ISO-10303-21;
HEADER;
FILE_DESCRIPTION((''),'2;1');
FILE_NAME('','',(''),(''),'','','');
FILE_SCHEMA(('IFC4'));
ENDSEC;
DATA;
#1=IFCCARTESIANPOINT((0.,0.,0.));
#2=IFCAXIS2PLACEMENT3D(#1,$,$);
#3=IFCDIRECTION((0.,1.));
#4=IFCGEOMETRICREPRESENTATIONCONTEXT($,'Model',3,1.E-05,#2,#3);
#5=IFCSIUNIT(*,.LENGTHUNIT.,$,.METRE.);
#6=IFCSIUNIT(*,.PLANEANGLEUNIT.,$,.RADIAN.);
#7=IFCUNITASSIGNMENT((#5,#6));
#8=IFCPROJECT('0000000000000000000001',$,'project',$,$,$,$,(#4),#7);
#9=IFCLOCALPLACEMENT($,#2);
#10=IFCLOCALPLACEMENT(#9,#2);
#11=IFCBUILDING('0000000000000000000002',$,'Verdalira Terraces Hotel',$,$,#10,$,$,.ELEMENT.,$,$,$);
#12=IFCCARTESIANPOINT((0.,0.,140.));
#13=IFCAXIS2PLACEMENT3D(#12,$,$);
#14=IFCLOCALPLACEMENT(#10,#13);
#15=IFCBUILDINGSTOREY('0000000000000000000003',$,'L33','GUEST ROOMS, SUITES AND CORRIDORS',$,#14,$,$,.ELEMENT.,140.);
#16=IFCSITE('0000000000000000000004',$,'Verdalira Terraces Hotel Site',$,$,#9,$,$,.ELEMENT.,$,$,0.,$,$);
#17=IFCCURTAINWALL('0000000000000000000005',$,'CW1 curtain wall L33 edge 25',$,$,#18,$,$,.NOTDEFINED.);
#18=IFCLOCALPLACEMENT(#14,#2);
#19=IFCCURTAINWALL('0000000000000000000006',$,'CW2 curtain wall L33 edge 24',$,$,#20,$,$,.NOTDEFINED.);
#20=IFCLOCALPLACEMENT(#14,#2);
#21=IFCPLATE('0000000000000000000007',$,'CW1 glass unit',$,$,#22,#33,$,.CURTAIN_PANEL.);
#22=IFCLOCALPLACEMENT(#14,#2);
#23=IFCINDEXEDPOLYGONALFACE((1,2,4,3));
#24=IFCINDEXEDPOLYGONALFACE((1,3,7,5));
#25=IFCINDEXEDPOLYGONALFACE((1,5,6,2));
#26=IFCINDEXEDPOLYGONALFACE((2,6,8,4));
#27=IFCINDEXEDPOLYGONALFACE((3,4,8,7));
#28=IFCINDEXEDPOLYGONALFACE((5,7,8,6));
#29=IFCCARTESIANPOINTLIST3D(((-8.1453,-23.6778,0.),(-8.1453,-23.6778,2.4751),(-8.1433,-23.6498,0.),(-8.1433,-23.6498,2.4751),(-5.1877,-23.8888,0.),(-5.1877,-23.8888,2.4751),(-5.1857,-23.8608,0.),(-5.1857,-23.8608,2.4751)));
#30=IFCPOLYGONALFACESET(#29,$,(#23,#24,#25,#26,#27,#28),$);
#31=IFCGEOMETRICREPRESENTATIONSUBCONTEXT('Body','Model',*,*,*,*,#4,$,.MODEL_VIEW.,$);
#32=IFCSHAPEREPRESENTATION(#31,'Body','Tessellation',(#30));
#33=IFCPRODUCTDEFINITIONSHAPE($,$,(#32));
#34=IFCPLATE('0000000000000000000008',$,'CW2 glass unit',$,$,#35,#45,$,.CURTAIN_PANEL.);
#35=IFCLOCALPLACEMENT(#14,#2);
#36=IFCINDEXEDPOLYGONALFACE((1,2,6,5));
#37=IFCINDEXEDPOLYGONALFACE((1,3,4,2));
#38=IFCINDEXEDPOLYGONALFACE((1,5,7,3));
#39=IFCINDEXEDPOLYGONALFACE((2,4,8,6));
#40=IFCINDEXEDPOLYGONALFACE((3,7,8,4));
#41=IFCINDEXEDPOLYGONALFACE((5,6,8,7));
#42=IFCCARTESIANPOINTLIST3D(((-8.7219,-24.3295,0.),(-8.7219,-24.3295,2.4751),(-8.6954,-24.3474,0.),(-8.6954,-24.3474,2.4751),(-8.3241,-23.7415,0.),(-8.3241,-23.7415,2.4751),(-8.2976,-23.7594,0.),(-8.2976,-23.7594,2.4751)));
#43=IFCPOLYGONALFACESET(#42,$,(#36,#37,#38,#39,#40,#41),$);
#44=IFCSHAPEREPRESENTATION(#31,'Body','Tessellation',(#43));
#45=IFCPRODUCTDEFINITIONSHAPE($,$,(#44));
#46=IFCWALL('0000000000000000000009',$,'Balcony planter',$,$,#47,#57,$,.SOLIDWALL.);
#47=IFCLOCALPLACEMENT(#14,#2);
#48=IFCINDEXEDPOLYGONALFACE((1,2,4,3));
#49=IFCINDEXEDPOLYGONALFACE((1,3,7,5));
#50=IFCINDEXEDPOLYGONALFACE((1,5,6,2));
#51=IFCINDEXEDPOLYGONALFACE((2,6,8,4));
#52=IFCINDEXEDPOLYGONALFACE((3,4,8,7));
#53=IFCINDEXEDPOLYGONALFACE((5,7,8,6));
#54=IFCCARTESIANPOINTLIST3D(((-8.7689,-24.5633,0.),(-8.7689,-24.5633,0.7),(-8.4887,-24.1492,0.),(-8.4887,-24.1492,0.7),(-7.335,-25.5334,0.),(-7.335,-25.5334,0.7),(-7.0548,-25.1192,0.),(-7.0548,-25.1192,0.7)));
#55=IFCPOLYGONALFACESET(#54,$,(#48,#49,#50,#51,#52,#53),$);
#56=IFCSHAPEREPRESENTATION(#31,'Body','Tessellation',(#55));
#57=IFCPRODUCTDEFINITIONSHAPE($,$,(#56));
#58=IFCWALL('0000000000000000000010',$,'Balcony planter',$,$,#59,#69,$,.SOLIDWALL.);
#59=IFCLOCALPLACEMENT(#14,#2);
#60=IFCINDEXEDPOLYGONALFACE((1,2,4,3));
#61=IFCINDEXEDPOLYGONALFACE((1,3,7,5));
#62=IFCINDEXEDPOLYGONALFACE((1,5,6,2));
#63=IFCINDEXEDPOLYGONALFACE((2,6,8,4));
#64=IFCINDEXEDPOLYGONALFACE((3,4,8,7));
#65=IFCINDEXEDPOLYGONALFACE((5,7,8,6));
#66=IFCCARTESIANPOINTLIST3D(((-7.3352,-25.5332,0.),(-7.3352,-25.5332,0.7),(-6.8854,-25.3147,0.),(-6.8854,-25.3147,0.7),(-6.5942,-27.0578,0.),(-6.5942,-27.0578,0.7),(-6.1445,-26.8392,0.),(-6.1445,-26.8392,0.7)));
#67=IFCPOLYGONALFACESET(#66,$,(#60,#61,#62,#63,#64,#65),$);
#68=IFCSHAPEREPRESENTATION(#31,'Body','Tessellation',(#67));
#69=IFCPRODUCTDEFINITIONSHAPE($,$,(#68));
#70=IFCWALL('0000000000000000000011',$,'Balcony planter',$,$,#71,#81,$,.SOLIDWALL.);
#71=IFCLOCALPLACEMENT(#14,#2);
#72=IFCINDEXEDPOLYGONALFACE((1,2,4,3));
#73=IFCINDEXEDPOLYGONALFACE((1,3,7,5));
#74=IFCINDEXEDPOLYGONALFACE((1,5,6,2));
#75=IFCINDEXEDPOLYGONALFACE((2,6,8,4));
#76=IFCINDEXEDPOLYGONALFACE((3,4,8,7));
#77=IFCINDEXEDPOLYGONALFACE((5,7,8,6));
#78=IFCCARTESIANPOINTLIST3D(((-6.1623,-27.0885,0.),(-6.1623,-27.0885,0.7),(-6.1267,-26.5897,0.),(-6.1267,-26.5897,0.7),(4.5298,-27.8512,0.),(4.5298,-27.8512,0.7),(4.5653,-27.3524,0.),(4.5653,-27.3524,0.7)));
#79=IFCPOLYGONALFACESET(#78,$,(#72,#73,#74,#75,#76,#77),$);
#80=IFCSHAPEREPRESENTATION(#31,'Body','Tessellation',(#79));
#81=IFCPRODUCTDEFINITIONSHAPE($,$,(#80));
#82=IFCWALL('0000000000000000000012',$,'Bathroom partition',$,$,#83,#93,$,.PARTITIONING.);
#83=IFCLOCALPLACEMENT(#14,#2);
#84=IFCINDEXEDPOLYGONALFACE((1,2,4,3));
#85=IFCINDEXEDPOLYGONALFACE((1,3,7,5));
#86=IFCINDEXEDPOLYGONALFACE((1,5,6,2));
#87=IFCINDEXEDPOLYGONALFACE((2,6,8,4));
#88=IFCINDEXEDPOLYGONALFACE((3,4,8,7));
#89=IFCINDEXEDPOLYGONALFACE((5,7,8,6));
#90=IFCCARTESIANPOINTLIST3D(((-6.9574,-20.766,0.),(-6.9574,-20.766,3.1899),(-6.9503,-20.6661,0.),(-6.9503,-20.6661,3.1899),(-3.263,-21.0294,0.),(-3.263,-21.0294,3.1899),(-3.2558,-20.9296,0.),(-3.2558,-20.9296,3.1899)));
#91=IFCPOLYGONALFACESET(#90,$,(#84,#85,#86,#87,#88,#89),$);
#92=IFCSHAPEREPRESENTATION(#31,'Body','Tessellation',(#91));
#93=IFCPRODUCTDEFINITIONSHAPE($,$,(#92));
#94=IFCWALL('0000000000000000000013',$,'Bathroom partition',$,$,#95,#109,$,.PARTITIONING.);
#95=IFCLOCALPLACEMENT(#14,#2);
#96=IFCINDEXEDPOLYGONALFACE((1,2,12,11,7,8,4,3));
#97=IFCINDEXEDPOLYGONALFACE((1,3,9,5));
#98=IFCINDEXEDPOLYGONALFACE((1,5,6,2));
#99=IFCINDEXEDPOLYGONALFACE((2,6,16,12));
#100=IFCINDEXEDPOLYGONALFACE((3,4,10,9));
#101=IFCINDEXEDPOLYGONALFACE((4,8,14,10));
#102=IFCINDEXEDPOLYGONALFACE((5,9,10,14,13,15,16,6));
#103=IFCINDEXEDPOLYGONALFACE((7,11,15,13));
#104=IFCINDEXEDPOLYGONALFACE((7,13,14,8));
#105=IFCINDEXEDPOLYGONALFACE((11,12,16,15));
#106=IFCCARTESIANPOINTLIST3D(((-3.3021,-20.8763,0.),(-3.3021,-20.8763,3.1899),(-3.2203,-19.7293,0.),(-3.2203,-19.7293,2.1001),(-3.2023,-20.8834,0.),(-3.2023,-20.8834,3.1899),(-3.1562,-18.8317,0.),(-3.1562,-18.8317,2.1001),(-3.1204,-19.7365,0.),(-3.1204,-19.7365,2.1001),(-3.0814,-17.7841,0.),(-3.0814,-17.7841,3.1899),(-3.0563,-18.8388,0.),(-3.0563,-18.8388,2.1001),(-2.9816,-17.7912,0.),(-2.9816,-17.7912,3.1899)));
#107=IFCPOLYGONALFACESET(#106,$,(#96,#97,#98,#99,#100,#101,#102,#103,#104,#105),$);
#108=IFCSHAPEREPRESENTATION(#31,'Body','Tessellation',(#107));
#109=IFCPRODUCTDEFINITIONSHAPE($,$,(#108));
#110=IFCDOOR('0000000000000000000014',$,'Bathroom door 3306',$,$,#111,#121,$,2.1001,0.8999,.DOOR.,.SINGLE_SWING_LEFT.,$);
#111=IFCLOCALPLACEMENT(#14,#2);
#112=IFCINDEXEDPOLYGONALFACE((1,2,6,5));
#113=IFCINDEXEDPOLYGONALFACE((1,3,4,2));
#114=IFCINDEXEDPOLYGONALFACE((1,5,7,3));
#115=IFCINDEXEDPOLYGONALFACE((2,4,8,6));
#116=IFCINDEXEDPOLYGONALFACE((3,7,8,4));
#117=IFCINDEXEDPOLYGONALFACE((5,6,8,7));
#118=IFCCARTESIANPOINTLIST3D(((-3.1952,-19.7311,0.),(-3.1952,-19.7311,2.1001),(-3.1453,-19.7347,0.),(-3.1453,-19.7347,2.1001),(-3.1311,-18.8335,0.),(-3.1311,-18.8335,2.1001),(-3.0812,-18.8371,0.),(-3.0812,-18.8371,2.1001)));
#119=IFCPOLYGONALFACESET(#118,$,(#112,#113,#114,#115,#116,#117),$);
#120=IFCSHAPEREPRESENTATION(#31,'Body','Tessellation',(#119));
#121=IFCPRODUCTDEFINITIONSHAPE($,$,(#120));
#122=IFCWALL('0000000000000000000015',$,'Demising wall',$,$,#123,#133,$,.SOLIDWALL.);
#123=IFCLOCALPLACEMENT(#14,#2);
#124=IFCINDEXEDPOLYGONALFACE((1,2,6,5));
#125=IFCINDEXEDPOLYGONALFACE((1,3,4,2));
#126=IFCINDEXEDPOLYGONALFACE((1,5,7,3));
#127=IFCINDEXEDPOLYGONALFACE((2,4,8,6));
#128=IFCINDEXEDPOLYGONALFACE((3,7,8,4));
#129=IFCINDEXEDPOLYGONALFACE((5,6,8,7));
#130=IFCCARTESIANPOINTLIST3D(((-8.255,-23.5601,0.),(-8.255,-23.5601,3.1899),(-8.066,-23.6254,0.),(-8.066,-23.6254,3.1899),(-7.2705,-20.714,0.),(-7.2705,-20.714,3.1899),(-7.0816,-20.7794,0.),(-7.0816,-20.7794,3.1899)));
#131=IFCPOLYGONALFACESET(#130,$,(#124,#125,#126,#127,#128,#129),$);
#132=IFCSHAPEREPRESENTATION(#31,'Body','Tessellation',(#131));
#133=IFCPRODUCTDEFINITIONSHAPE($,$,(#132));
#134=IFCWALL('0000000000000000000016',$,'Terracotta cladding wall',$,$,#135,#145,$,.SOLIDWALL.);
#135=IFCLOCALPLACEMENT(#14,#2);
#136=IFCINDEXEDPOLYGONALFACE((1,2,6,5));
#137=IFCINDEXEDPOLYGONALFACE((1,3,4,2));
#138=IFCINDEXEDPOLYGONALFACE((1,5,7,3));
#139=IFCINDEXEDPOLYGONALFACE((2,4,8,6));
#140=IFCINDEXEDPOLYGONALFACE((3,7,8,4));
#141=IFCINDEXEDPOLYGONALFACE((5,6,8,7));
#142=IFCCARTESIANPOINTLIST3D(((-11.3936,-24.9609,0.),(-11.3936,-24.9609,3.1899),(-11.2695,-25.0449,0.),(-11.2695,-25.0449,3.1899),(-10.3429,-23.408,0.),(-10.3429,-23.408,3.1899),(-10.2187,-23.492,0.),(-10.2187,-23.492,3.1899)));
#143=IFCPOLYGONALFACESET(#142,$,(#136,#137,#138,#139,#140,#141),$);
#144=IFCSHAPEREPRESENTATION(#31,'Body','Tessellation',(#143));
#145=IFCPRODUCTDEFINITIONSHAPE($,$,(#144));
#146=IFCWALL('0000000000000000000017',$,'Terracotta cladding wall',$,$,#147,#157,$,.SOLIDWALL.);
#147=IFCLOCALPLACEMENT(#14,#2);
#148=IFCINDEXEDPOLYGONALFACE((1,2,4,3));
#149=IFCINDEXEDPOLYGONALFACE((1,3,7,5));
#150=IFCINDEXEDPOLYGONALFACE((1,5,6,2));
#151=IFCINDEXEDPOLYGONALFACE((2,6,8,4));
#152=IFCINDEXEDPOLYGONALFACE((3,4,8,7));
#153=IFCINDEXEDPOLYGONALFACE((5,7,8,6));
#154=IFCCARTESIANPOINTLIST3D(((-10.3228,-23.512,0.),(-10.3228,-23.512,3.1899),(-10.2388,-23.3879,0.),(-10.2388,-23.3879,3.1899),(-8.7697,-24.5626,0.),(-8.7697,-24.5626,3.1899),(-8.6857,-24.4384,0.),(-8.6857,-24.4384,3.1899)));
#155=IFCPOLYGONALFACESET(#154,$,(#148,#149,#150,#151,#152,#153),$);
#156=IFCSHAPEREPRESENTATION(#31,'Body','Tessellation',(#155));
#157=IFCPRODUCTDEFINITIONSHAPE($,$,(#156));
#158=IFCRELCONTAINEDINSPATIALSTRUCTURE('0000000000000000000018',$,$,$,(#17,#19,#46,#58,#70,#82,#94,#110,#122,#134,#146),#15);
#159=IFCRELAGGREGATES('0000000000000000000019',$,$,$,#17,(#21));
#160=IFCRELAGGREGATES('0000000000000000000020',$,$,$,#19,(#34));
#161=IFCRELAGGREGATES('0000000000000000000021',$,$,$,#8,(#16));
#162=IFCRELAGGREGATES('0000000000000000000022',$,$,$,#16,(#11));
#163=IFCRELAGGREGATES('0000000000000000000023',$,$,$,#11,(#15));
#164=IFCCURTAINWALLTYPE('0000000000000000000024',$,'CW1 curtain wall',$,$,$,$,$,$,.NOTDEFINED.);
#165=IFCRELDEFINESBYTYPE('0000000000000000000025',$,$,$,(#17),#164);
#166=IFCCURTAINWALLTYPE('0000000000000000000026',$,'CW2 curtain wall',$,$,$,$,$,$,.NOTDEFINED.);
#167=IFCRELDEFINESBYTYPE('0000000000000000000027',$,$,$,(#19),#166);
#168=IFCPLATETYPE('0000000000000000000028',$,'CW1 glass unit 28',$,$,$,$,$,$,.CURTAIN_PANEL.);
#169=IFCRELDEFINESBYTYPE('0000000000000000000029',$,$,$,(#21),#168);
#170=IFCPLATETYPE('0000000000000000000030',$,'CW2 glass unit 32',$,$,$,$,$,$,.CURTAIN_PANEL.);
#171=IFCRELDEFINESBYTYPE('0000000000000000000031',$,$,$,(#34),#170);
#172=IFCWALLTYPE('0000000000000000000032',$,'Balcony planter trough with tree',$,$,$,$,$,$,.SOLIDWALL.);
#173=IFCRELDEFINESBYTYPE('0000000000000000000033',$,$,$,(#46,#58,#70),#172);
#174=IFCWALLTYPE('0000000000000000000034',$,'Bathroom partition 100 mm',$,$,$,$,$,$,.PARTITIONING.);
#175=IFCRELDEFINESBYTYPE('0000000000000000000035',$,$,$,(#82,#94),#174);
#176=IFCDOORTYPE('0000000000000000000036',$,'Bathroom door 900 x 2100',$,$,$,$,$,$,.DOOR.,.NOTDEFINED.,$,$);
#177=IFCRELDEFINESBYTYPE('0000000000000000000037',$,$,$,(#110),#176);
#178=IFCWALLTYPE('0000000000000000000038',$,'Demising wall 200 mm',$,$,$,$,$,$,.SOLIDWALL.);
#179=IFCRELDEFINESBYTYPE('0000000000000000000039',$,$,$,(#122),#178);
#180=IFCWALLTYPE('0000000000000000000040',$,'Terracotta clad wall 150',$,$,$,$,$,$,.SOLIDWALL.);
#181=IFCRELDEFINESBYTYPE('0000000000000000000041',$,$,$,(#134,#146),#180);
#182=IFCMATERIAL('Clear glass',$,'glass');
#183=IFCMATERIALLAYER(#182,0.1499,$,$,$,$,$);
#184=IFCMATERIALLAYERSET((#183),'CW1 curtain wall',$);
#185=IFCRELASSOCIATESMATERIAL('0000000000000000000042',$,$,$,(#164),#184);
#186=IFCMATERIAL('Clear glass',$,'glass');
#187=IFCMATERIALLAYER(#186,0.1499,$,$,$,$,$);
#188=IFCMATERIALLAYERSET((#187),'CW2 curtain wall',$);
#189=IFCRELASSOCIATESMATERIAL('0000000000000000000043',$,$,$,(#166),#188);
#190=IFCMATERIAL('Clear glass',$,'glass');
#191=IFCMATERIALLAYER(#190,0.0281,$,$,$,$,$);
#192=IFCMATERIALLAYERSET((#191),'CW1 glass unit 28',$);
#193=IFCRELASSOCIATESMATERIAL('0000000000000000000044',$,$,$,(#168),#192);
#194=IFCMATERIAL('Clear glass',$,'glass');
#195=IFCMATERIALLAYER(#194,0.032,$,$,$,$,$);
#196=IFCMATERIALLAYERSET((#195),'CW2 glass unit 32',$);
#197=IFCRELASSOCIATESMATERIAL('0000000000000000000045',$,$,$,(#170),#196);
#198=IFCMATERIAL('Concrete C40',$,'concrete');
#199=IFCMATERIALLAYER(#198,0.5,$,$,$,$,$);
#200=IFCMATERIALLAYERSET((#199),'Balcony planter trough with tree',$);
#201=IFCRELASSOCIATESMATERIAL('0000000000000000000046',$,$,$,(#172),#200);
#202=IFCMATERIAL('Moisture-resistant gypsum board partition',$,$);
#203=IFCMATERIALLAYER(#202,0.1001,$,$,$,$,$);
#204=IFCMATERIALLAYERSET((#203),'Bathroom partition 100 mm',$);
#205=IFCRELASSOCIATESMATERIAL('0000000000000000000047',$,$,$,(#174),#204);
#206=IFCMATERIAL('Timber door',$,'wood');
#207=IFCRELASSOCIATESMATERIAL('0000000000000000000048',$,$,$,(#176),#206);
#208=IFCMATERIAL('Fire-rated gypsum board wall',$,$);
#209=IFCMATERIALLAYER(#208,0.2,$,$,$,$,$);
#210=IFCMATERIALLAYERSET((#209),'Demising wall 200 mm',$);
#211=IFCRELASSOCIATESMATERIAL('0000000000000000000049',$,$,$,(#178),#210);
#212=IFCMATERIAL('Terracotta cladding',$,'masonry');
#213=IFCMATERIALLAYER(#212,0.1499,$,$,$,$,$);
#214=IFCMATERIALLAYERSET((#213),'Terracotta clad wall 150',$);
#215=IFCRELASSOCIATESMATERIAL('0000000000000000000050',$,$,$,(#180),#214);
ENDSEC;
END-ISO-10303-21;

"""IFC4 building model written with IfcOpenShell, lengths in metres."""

from ifc_helpers import new_model, si_unit, direction, frame, frame_2d, origin, origin_2d, place, context, subcontext, project, spatial, rectangle, extrude, material, layer, layer_set, type_object, element, fill, aggregate, save


model = new_model("IFC4")

# Units and contexts
model_context = context("Model", 3, precision=1e-05, world=origin(), true_north=direction((0.0, 1.0)))
body_context = subcontext(model_context, "Body", "Model", "MODEL_VIEW")
ifc_project = project(units=[si_unit("LENGTHUNIT", "METRE"), si_unit("PLANEANGLEUNIT", "RADIAN")], contexts=[model_context])

# Site, building, storey
site_placement = place(None, origin())
site = spatial("IfcSite", under=ifc_project, at=site_placement, Name="Verdalira Terraces Hotel Site", CompositionType="ELEMENT", RefElevation=0.0)
building_placement = place(site_placement, origin())
building = spatial("IfcBuilding", under=site, at=building_placement, Name="Verdalira Terraces Hotel", CompositionType="ELEMENT")
storey_placement = place(building_placement, frame((0.0, 0.0, 140.0)))
storey = spatial("IfcBuildingStorey", under=building, at=storey_placement, Name="L33", Description="GUEST ROOMS, SUITES AND CORRIDORS", CompositionType="ELEMENT", Elevation=140.0)

# Curtain walls
ifc_material_1 = material(Name="Clear glass", Category="glass")
ifc_layer_1 = layer(ifc_material_1, 0.1499)
ifc_layer_set_1 = layer_set([ifc_layer_1], Name="CW1 curtain wall")
curtain_wall_type_1 = type_object("IfcCurtainWallType", Name="CW1 curtain wall", PredefinedType="NOTDEFINED", material=ifc_layer_set_1)
curtain_wall_1_placement = place(storey_placement, origin())
curtain_wall_1 = element("IfcCurtainWall", 1, at=curtain_wall_1_placement, inside=storey, type_object=curtain_wall_type_1, Name="CW1 curtain wall L33 edge 25", PredefinedType="NOTDEFINED")
ifc_material_2 = material(Name="Clear glass", Category="glass")
ifc_layer_2 = layer(ifc_material_2, 0.1499)
ifc_layer_set_2 = layer_set([ifc_layer_2], Name="CW2 curtain wall")
curtain_wall_type_2 = type_object("IfcCurtainWallType", Name="CW2 curtain wall", PredefinedType="NOTDEFINED", material=ifc_layer_set_2)
curtain_wall_2_placement = place(storey_placement, origin())
curtain_wall_2 = element("IfcCurtainWall", 2, at=curtain_wall_2_placement, inside=storey, type_object=curtain_wall_type_2, Name="CW2 curtain wall L33 edge 24", PredefinedType="NOTDEFINED")

# Plates
ifc_material_3 = material(Name="Clear glass", Category="glass")
ifc_layer_3 = layer(ifc_material_3, 0.0281)
ifc_layer_set_3 = layer_set([ifc_layer_3], Name="CW1 glass unit 28")
plate_type_1 = type_object("IfcPlateType", Name="CW1 glass unit 28", PredefinedType="CURTAIN_PANEL", material=ifc_layer_set_3)
plate_1_placement = place(storey_placement, frame((-6.6655, -23.7693, 0.0), z_axis=(0.0, 0.0, 1.0), x_axis=(0.997466, -0.071149, 0.0)))
plate_1 = element("IfcPlate", 3, at=plate_1_placement, type_object=plate_type_1, Name="CW1 glass unit", PredefinedType="CURTAIN_PANEL", context=body_context, shape_type="SweptSolid", body=[
    extrude(rectangle(XDim=2.9651, YDim=0.0281, at=origin_2d()), origin(), (0.0, 0.0, 1.0), 2.4751),
])
aggregate(curtain_wall_1, [plate_1])
ifc_material_4 = material(Name="Clear glass", Category="glass")
ifc_layer_4 = layer(ifc_material_4, 0.032)
ifc_layer_set_4 = layer_set([ifc_layer_4], Name="CW2 glass unit 32")
plate_type_2 = type_object("IfcPlateType", Name="CW2 glass unit 32", PredefinedType="CURTAIN_PANEL", material=ifc_layer_set_4)
plate_2_placement = place(storey_placement, frame((-8.5098, -24.0444, 0.0), z_axis=(0.0, 0.0, 1.0), x_axis=(0.56035, 0.828256, 0.0)))
plate_2 = element("IfcPlate", 4, at=plate_2_placement, type_object=plate_type_2, Name="CW2 glass unit", PredefinedType="CURTAIN_PANEL", context=body_context, shape_type="SweptSolid", body=[
    extrude(rectangle(XDim=0.71, YDim=0.032, at=origin_2d()), origin(), (0.0, 0.0, 1.0), 2.4751),
])
aggregate(curtain_wall_2, [plate_2])

# Walls
ifc_material_5 = material(Name="Concrete C40", Category="concrete")
ifc_layer_5 = layer(ifc_material_5, 0.5)
ifc_layer_set_5 = layer_set([ifc_layer_5], Name="Balcony planter trough with tree")
wall_type_1 = type_object("IfcWallType", Name="Balcony planter trough with tree", PredefinedType="SOLIDWALL", material=ifc_layer_set_5)
wall_1_placement = place(storey_placement, frame((-8.6289, -24.3562, 0.0), z_axis=(0.0, 0.0, 1.0), x_axis=(0.828278, -0.560318, 0.0)))
element("IfcWall", 5, at=wall_1_placement, inside=storey, type_object=wall_type_1, Name="Balcony planter", PredefinedType="SOLIDWALL", context=body_context, shape_type="SweptSolid", body=[
    extrude(rectangle(XDim=1.7312, YDim=0.5, at=frame_2d((0.8657, 0.0))), origin(), (0.0, 0.0, 1.0), 0.7),
])
wall_2_placement = place(storey_placement, frame((-7.1104, -25.4238, 0.0), z_axis=(0.0, 0.0, 1.0), x_axis=(0.437104, -0.899411, 0.0)))
element("IfcWall", 6, at=wall_2_placement, inside=storey, type_object=wall_type_1, Name="Balcony planter", PredefinedType="SOLIDWALL", context=body_context, shape_type="SweptSolid", body=[
    extrude(rectangle(XDim=1.6951, YDim=0.5, at=frame_2d((0.8477, 0.0))), origin(), (0.0, 0.0, 1.0), 0.7),
])
wall_3_placement = place(storey_placement, frame((-6.1445, -26.8391, 0.0), z_axis=(0.0, 0.0, 1.0), x_axis=(0.997466, -0.071152, 0.0)))
element("IfcWall", 7, at=wall_3_placement, inside=storey, type_object=wall_type_1, Name="Balcony planter", PredefinedType="SOLIDWALL", context=body_context, shape_type="SweptSolid", body=[
    extrude(rectangle(XDim=10.7192, YDim=0.5, at=frame_2d((5.3596, 0.0))), origin(), (0.0, 0.0, 1.0), 0.7),
])
ifc_material_6 = material(Name="Moisture-resistant gypsum board partition")
ifc_layer_6 = layer(ifc_material_6, 0.1001)
ifc_layer_set_6 = layer_set([ifc_layer_6], Name="Bathroom partition 100 mm")
wall_type_2 = type_object("IfcWallType", Name="Bathroom partition 100 mm", PredefinedType="PARTITIONING", material=ifc_layer_set_6)
wall_4_placement = place(storey_placement, frame((-3.2593, -20.9795, 0.0), z_axis=(0.0, 0.0, 1.0), x_axis=(-0.997468, 0.071121, 0.0)))
element("IfcWall", 8, at=wall_4_placement, inside=storey, type_object=wall_type_2, Name="Bathroom partition", PredefinedType="PARTITIONING", context=body_context, shape_type="SweptSolid", body=[
    extrude(rectangle(XDim=3.7039, YDim=0.1001, at=frame_2d((1.8521, 0.0))), origin(), (0.0, 0.0, 1.0), 3.1899),
])

# Wall, opening, door
wall_5_placement = place(storey_placement, frame((-3.2522, -20.8799, 0.0), z_axis=(0.0, 0.0, 1.0), x_axis=(0.071191, 0.997463, 0.0)))
wall_5 = element("IfcWall", 9, at=wall_5_placement, inside=storey, type_object=wall_type_2, Name="Bathroom partition", PredefinedType="PARTITIONING", context=body_context, shape_type="SweptSolid", body=[
    extrude(rectangle(XDim=3.1001, YDim=0.1001, at=frame_2d((1.55, 0.0))), origin(), (0.0, 0.0, 1.0), 3.1899),
])
opening_1_placement = place(wall_5_placement, frame((1.1499, 0.0, 0.0)))
opening_1 = element("IfcOpeningElement", 10, at=opening_1_placement, cuts=wall_5, PredefinedType="OPENING", context=body_context, shape_type="SweptSolid", body=[
    extrude(rectangle(XDim=0.8999, YDim=2.1001, at=frame_2d((0.45, 1.05))), frame((0.0, 0.0601, 0.0), z_axis=(0.0, -1.0, 0.0), x_axis=(1.0, 0.0, 0.0)), (0.0, 0.0, 1.0), 0.1201),
])
ifc_material_7 = material(Name="Timber door", Category="wood")
door_type_1 = type_object("IfcDoorType", Name="Bathroom door 900 x 2100", OperationType="NOTDEFINED", PredefinedType="DOOR", material=ifc_material_7)
door_1_placement = place(opening_1_placement, origin())
door_1 = element("IfcDoor", 11, at=door_1_placement, inside=storey, type_object=door_type_1, Name="Bathroom door 3306", OperationType="SINGLE_SWING_LEFT", OverallHeight=2.1001, OverallWidth=0.8999, PredefinedType="DOOR", context=body_context, shape_type="SweptSolid", body=[
    extrude(rectangle(XDim=0.8999, YDim=2.1001, at=frame_2d((0.45, 1.05))), frame((0.0, 0.0249, 0.0), z_axis=(0.0, -1.0, 0.0), x_axis=(1.0, 0.0, 0.0)), (0.0, 0.0, 1.0), 0.05),
])
fill(opening_1, door_1)

# Walls
ifc_material_8 = material(Name="Fire-rated gypsum board wall")
ifc_layer_7 = layer(ifc_material_8, 0.2)
ifc_layer_set_7 = layer_set([ifc_layer_7], Name="Demising wall 200 mm")
wall_type_3 = type_object("IfcWallType", Name="Demising wall 200 mm", PredefinedType="SOLIDWALL", material=ifc_layer_set_7)
wall_6_placement = place(storey_placement, frame((-7.176, -20.7466, 0.0), z_axis=(0.0, 0.0, 1.0), x_axis=(-0.326885, -0.945064, 0.0)))
element("IfcWall", 12, at=wall_6_placement, inside=storey, type_object=wall_type_3, Name="Demising wall", PredefinedType="SOLIDWALL", context=body_context, shape_type="SweptSolid", body=[
    extrude(rectangle(XDim=3.0115, YDim=0.2, at=frame_2d((1.5059, 0.0))), origin(), (0.0, 0.0, 1.0), 3.1899),
])
ifc_material_9 = material(Name="Terracotta cladding", Category="masonry")
ifc_layer_8 = layer(ifc_material_9, 0.1499)
ifc_layer_set_8 = layer_set([ifc_layer_8], Name="Terracotta clad wall 150")
wall_type_4 = type_object("IfcWallType", Name="Terracotta clad wall 150", PredefinedType="SOLIDWALL", material=ifc_layer_set_8)
for number, where, z_axis, x_axis, name in (
    (13, (-11.3315, -25.0029, 0.0), (0.0, 0.0, 1.0), (0.560396, 0.828225, 0.0), "Terracotta cladding wall"),
    (14, (-10.2808, -23.45, 0.0), (0.0, 0.0, 1.0), (0.828285, -0.560307, 0.0), "Terracotta cladding wall"),
):
    element("IfcWall", number, at=place(storey_placement, frame(where, z_axis=z_axis, x_axis=x_axis)), inside=storey, type_object=wall_type_4, Name=name, PredefinedType="SOLIDWALL", context=body_context, shape_type="SweptSolid", body=[
        extrude(rectangle(XDim=1.875, YDim=0.1499, at=frame_2d((0.9375, 0.0))), origin(), (0.0, 0.0, 1.0), 3.1899),
    ])

save(model, "model.ifc")
